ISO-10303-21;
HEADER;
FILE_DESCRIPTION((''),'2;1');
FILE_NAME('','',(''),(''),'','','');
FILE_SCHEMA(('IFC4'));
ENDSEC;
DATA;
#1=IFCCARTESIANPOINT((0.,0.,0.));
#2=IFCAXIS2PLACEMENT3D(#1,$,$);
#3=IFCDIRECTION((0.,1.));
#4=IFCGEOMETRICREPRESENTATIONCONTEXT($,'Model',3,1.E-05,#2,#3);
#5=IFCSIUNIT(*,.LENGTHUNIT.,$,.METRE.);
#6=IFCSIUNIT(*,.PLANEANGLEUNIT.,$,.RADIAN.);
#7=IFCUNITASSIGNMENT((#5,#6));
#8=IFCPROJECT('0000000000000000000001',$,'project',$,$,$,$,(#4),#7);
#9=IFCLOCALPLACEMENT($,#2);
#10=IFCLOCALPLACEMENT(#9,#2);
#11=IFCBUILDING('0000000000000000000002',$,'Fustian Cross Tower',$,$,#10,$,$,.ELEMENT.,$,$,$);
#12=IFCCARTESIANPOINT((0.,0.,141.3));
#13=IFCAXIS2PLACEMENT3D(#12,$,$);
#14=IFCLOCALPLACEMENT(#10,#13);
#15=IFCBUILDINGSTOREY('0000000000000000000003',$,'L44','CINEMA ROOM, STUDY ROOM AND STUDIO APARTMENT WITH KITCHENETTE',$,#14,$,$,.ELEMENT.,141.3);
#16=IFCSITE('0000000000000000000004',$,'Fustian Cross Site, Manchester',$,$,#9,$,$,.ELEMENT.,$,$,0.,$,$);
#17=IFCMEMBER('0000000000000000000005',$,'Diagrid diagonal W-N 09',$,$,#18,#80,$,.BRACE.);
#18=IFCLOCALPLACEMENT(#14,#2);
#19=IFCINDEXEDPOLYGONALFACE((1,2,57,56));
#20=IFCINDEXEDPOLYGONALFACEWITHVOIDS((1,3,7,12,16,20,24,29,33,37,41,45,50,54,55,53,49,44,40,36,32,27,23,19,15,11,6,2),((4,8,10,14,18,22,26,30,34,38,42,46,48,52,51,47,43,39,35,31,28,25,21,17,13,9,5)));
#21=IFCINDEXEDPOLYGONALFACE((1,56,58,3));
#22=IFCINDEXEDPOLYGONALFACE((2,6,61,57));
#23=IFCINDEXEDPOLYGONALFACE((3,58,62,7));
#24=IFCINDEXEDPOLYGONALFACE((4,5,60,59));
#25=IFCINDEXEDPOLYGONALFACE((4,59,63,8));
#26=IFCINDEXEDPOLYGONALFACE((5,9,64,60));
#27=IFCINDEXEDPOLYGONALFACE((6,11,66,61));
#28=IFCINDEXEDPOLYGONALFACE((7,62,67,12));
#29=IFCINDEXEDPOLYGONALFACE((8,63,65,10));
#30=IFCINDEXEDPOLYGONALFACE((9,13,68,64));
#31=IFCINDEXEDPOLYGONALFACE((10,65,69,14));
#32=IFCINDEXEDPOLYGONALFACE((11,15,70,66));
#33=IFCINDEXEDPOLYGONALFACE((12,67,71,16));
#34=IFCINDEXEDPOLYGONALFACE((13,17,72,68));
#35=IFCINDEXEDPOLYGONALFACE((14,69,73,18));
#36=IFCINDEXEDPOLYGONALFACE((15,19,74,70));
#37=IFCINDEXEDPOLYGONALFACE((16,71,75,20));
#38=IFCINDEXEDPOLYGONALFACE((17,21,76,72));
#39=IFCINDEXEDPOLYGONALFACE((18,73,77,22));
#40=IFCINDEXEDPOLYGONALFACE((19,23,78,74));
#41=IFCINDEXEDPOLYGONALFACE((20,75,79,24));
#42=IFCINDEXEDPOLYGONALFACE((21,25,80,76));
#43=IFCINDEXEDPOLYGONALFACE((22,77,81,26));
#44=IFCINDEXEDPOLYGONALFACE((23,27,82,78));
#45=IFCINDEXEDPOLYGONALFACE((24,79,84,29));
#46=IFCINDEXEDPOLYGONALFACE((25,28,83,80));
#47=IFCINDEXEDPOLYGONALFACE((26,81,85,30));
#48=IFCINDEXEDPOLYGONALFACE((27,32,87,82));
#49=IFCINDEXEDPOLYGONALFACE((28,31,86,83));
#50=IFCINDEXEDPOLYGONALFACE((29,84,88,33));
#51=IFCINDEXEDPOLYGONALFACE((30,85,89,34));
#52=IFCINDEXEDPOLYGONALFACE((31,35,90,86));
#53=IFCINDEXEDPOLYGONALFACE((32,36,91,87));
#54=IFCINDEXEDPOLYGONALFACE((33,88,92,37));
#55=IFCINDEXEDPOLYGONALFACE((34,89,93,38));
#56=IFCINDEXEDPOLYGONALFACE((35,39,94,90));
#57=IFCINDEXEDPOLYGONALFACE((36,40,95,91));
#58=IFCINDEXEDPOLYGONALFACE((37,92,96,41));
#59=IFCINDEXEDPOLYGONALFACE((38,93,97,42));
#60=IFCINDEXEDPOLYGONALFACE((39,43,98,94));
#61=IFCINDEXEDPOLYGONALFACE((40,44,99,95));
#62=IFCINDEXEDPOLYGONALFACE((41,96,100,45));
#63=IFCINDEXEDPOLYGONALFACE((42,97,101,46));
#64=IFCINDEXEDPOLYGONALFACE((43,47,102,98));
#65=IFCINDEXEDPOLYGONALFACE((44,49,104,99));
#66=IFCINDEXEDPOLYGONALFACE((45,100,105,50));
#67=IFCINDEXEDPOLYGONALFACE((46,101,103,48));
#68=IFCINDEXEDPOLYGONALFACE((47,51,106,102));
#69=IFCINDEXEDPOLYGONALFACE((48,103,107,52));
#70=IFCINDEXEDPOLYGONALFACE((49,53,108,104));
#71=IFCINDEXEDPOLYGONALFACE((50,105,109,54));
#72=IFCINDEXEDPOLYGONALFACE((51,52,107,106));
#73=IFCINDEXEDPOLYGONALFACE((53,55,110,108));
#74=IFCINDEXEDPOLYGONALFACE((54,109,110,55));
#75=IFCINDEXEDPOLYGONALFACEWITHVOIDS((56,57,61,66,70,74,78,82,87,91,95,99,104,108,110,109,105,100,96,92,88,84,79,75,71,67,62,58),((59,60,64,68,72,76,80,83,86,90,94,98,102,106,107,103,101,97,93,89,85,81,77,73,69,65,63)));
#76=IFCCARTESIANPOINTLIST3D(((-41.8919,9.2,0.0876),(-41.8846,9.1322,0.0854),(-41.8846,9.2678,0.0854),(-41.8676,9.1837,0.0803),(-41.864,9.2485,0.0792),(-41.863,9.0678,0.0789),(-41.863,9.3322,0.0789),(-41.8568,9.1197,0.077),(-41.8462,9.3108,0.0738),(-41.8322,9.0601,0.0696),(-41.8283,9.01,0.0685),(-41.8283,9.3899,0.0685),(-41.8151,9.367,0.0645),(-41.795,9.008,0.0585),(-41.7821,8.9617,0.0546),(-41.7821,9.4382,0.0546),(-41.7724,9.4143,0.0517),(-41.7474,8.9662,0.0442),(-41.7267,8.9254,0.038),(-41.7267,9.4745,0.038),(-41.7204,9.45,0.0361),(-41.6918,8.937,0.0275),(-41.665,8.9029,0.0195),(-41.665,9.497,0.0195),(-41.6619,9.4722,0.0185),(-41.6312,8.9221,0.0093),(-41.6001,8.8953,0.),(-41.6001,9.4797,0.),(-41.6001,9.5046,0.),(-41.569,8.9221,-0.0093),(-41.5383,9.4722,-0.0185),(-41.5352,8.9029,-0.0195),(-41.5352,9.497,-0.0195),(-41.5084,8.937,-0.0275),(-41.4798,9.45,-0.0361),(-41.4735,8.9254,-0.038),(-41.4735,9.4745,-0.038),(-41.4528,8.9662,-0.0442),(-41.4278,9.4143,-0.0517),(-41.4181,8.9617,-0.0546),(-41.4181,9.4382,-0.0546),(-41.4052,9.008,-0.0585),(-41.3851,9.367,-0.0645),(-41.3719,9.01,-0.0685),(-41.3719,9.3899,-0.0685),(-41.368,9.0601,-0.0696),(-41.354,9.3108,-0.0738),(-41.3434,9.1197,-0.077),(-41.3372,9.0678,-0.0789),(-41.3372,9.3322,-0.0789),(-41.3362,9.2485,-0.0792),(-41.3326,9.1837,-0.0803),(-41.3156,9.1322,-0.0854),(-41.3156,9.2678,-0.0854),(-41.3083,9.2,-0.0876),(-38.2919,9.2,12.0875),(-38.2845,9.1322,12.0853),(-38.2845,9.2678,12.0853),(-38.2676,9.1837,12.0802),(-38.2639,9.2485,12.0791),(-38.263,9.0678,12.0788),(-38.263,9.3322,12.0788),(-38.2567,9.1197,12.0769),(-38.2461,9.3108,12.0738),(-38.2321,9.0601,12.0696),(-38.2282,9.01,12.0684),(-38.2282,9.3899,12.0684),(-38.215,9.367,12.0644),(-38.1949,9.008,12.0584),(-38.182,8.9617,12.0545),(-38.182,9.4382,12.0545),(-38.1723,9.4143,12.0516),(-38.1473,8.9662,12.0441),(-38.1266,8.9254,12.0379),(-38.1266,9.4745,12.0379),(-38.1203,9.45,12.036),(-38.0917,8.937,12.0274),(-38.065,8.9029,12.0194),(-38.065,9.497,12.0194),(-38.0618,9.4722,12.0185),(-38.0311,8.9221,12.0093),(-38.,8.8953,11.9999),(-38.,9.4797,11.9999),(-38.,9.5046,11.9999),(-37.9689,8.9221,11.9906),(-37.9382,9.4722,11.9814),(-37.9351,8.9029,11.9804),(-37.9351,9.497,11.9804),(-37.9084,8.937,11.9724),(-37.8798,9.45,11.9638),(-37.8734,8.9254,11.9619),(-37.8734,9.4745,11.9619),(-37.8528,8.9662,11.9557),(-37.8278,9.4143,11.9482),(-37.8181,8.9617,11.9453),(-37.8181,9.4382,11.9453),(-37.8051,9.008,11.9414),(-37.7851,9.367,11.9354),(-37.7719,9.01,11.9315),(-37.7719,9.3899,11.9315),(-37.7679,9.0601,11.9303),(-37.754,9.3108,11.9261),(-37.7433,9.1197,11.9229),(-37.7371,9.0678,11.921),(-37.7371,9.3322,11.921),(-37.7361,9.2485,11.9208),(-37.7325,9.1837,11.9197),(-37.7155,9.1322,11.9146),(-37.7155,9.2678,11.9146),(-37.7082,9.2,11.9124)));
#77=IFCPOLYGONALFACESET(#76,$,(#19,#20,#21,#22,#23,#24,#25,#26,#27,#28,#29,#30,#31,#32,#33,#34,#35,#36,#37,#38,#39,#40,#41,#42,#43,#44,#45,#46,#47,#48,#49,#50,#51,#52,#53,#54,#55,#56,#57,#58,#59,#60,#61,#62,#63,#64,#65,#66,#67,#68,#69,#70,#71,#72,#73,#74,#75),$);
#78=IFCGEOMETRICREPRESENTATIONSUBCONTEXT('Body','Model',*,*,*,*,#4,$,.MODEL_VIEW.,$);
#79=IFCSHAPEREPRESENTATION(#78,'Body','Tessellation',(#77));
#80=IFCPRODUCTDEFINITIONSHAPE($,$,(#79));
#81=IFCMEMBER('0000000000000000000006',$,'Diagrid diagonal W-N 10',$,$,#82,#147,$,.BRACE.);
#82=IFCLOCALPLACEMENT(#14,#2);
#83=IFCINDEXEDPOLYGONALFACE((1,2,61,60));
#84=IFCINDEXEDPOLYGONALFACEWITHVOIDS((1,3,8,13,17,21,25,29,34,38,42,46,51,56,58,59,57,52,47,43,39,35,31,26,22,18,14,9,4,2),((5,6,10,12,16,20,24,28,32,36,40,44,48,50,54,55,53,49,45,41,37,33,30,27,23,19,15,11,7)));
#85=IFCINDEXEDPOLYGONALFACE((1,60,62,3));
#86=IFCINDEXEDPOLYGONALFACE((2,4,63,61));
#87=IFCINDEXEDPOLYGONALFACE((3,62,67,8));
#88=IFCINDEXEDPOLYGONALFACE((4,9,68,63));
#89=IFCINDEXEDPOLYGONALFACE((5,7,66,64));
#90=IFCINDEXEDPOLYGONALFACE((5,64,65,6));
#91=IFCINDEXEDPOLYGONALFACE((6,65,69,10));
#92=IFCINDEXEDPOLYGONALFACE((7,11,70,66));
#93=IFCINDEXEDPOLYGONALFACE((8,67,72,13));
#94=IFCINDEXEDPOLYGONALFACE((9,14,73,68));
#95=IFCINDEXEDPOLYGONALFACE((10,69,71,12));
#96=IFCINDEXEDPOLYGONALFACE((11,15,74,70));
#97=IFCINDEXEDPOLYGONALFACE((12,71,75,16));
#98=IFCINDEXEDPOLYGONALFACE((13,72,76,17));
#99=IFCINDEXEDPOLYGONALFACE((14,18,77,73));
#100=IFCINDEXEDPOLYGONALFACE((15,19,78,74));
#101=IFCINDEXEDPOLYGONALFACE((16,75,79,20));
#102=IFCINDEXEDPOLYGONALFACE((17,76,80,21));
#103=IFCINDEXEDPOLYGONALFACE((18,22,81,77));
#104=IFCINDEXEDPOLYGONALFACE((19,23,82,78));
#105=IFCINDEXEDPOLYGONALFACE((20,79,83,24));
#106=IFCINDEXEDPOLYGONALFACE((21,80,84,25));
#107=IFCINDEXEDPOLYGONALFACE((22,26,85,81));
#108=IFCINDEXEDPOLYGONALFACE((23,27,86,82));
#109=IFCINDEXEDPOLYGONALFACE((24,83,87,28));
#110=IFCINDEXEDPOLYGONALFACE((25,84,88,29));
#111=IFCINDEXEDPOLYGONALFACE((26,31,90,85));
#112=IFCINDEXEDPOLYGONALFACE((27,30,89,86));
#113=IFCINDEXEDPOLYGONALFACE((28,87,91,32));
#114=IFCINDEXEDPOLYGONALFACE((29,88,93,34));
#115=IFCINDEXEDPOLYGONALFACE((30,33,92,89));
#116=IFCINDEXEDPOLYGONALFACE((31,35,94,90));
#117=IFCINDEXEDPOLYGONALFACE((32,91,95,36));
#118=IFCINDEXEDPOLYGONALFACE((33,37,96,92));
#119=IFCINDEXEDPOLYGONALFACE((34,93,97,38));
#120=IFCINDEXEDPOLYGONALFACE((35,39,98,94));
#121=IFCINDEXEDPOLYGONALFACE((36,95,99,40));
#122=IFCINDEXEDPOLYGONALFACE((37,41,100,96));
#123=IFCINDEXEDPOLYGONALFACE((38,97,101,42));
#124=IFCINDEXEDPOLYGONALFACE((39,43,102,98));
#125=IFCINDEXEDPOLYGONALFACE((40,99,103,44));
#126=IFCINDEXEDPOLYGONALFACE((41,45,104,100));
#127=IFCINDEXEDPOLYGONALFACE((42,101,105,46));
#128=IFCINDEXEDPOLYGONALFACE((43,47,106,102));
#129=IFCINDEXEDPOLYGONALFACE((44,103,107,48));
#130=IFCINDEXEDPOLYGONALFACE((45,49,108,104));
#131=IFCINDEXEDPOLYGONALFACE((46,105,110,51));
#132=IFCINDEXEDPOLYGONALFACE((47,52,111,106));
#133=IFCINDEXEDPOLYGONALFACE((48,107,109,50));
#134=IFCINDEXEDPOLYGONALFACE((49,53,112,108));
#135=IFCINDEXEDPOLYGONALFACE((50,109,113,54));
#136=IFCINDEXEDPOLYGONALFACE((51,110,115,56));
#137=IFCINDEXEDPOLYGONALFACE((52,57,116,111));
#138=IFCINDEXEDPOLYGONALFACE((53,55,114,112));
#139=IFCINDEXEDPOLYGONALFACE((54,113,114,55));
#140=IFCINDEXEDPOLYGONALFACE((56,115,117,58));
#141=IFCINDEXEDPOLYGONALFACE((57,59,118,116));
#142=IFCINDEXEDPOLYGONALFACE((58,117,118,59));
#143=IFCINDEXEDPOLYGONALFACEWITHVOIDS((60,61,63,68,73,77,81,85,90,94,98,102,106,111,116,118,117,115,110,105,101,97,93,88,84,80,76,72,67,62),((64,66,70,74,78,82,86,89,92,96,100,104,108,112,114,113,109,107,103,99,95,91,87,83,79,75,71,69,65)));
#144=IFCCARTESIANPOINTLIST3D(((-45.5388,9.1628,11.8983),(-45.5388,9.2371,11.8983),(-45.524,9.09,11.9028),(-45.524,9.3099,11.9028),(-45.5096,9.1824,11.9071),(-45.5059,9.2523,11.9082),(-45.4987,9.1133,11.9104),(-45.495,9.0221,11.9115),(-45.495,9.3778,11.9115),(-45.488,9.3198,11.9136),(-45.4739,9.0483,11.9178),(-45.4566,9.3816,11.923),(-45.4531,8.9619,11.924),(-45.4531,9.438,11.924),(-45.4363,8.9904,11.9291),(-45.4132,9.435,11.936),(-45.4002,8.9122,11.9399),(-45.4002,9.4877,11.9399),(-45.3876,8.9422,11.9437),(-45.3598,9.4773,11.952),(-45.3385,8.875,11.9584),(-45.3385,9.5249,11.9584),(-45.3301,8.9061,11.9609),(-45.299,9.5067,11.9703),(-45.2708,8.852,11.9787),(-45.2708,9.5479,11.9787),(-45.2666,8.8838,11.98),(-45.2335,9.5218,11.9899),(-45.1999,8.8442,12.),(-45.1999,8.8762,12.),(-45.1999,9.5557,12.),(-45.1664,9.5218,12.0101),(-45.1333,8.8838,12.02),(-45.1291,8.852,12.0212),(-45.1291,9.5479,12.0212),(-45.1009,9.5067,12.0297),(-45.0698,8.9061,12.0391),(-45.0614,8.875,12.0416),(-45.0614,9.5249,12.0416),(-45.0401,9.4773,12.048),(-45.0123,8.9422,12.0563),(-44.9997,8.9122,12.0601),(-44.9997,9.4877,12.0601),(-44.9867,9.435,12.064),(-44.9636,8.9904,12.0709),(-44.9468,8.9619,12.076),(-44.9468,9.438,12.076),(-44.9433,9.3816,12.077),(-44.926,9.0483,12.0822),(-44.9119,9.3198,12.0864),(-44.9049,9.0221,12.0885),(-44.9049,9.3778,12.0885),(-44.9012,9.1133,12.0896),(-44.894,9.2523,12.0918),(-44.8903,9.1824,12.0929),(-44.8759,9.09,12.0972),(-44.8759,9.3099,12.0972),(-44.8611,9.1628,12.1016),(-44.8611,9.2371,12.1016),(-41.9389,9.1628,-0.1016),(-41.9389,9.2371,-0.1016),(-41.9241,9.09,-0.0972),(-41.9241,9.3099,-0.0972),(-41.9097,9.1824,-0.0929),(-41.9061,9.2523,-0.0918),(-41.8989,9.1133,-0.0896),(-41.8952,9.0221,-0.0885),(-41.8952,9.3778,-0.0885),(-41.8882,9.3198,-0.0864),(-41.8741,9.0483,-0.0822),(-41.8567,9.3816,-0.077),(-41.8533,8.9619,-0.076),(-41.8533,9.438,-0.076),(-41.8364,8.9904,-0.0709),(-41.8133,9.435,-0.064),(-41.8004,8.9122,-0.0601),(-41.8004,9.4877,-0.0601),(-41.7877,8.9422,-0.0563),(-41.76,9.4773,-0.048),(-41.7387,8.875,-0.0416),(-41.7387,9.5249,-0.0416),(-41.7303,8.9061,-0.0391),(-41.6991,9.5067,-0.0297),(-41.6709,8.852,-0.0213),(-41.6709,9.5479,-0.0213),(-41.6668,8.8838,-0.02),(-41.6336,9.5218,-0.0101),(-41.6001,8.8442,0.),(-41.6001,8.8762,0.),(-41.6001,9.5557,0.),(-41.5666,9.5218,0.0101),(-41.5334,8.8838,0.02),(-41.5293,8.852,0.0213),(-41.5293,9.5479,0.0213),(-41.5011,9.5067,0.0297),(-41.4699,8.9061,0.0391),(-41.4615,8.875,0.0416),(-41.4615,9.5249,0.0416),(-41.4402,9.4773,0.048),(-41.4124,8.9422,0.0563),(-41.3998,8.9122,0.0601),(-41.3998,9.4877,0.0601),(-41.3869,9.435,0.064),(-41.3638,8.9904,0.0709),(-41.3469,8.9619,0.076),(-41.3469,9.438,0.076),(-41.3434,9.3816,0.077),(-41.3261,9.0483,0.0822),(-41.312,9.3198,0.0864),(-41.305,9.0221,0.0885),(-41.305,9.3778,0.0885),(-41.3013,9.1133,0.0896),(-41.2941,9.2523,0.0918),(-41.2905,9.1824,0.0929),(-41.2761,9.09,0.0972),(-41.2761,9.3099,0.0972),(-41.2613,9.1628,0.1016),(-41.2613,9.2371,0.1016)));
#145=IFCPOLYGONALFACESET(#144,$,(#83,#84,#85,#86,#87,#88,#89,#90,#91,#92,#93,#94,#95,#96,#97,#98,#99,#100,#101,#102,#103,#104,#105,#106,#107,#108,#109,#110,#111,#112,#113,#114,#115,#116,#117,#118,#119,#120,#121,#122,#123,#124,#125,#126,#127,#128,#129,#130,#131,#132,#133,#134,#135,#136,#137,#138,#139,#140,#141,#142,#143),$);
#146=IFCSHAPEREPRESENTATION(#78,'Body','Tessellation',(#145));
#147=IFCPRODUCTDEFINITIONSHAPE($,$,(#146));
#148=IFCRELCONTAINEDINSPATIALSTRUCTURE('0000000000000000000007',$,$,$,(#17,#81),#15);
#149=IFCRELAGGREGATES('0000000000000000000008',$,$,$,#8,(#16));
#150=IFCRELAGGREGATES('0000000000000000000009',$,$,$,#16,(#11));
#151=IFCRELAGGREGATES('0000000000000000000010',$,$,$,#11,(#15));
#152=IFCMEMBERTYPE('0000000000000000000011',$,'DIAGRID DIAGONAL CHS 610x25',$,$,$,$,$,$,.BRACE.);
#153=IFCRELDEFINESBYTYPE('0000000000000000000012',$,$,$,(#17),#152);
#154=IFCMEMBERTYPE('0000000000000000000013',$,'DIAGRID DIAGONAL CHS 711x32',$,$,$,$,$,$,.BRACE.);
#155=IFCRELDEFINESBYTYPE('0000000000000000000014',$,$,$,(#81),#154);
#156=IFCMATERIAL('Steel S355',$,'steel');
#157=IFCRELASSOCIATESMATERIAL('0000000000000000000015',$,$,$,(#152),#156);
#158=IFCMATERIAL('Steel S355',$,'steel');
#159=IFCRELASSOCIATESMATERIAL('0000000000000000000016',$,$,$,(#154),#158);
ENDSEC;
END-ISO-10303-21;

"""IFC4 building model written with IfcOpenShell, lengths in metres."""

from ifc_helpers import new_model, si_unit, direction, frame, origin, origin_2d, place, context, subcontext, project, spatial, hollow_circle, extrude, material, material_profile, profile_set, type_object, element, save


model = new_model("IFC4")

# Units and contexts
model_context = context("Model", 3, precision=1e-05, world=origin(), true_north=direction((0.0, 1.0)))
body_context = subcontext(model_context, "Body", "Model", "MODEL_VIEW")
ifc_project = project(units=[si_unit("LENGTHUNIT", "METRE"), si_unit("PLANEANGLEUNIT", "RADIAN")], contexts=[model_context])

# Site, building, storey
site_placement = place(None, origin())
site = spatial("IfcSite", under=ifc_project, at=site_placement, Name="Fustian Cross Site, Manchester", CompositionType="ELEMENT", RefElevation=0.0)
building_placement = place(site_placement, origin())
building = spatial("IfcBuilding", under=site, at=building_placement, Name="Fustian Cross Tower", CompositionType="ELEMENT")
storey_placement = place(building_placement, frame((0.0, 0.0, 141.3)))
storey = spatial("IfcBuildingStorey", under=building, at=storey_placement, Name="L44", Description="CINEMA ROOM, STUDY ROOM AND STUDIO APARTMENT WITH KITCHENETTE", CompositionType="ELEMENT", Elevation=141.3)

# Members
ifc_material_1 = material(Name="Steel S355", Category="steel")
ifc_material_profile_1 = material_profile(ifc_material_1, hollow_circle(Radius=0.3047, WallThickness=0.0249, at=origin_2d()), Name="CHS 610x25")
ifc_profile_set_1 = profile_set([ifc_material_profile_1], Name="Steel S355")
member_type_1 = type_object("IfcMemberType", Name="DIAGRID DIAGONAL CHS 610x25", PredefinedType="BRACE", material=ifc_profile_set_1)
for number, where, z_axis, x_axis, name in (
    (1, (-41.6001, 9.2, 0.0), (0.287355, 0.0, 0.957824), (0.0, 1.0, 0.0), "Diagrid diagonal W-N 09"),
):
    element("IfcMember", number, at=place(storey_placement, frame(where, z_axis=z_axis, x_axis=x_axis)), inside=storey, type_object=member_type_1, Name=name, PredefinedType="BRACE", context=body_context, shape_type="SweptSolid", body=[
        extrude(hollow_circle(Radius=0.3047, WallThickness=0.0249, at=origin_2d()), origin(), (0.0, 0.0, 1.0), 12.5283),
    ])
ifc_material_2 = material(Name="Steel S355", Category="steel")
ifc_material_profile_2 = material_profile(ifc_material_2, hollow_circle(Radius=0.3557, WallThickness=0.032, at=origin_2d()), Name="CHS 711x32")
ifc_profile_set_2 = profile_set([ifc_material_profile_2], Name="Steel S355")
member_type_2 = type_object("IfcMemberType", Name="DIAGRID DIAGONAL CHS 711x32", PredefinedType="BRACE", material=ifc_profile_set_2)
member_placement = place(storey_placement, frame((-41.6001, 9.2, 0.0), z_axis=(-0.287337, 0.0, 0.95783), x_axis=(0.0, -1.0, 0.0)))
element("IfcMember", 2, at=member_placement, inside=storey, type_object=member_type_2, Name="Diagrid diagonal W-N 10", PredefinedType="BRACE", context=body_context, shape_type="SweptSolid", body=[
    extrude(hollow_circle(Radius=0.3557, WallThickness=0.032, at=origin_2d()), origin(), (0.0, 0.0, 1.0), 12.5283),
])

save(model, "model.ifc")
